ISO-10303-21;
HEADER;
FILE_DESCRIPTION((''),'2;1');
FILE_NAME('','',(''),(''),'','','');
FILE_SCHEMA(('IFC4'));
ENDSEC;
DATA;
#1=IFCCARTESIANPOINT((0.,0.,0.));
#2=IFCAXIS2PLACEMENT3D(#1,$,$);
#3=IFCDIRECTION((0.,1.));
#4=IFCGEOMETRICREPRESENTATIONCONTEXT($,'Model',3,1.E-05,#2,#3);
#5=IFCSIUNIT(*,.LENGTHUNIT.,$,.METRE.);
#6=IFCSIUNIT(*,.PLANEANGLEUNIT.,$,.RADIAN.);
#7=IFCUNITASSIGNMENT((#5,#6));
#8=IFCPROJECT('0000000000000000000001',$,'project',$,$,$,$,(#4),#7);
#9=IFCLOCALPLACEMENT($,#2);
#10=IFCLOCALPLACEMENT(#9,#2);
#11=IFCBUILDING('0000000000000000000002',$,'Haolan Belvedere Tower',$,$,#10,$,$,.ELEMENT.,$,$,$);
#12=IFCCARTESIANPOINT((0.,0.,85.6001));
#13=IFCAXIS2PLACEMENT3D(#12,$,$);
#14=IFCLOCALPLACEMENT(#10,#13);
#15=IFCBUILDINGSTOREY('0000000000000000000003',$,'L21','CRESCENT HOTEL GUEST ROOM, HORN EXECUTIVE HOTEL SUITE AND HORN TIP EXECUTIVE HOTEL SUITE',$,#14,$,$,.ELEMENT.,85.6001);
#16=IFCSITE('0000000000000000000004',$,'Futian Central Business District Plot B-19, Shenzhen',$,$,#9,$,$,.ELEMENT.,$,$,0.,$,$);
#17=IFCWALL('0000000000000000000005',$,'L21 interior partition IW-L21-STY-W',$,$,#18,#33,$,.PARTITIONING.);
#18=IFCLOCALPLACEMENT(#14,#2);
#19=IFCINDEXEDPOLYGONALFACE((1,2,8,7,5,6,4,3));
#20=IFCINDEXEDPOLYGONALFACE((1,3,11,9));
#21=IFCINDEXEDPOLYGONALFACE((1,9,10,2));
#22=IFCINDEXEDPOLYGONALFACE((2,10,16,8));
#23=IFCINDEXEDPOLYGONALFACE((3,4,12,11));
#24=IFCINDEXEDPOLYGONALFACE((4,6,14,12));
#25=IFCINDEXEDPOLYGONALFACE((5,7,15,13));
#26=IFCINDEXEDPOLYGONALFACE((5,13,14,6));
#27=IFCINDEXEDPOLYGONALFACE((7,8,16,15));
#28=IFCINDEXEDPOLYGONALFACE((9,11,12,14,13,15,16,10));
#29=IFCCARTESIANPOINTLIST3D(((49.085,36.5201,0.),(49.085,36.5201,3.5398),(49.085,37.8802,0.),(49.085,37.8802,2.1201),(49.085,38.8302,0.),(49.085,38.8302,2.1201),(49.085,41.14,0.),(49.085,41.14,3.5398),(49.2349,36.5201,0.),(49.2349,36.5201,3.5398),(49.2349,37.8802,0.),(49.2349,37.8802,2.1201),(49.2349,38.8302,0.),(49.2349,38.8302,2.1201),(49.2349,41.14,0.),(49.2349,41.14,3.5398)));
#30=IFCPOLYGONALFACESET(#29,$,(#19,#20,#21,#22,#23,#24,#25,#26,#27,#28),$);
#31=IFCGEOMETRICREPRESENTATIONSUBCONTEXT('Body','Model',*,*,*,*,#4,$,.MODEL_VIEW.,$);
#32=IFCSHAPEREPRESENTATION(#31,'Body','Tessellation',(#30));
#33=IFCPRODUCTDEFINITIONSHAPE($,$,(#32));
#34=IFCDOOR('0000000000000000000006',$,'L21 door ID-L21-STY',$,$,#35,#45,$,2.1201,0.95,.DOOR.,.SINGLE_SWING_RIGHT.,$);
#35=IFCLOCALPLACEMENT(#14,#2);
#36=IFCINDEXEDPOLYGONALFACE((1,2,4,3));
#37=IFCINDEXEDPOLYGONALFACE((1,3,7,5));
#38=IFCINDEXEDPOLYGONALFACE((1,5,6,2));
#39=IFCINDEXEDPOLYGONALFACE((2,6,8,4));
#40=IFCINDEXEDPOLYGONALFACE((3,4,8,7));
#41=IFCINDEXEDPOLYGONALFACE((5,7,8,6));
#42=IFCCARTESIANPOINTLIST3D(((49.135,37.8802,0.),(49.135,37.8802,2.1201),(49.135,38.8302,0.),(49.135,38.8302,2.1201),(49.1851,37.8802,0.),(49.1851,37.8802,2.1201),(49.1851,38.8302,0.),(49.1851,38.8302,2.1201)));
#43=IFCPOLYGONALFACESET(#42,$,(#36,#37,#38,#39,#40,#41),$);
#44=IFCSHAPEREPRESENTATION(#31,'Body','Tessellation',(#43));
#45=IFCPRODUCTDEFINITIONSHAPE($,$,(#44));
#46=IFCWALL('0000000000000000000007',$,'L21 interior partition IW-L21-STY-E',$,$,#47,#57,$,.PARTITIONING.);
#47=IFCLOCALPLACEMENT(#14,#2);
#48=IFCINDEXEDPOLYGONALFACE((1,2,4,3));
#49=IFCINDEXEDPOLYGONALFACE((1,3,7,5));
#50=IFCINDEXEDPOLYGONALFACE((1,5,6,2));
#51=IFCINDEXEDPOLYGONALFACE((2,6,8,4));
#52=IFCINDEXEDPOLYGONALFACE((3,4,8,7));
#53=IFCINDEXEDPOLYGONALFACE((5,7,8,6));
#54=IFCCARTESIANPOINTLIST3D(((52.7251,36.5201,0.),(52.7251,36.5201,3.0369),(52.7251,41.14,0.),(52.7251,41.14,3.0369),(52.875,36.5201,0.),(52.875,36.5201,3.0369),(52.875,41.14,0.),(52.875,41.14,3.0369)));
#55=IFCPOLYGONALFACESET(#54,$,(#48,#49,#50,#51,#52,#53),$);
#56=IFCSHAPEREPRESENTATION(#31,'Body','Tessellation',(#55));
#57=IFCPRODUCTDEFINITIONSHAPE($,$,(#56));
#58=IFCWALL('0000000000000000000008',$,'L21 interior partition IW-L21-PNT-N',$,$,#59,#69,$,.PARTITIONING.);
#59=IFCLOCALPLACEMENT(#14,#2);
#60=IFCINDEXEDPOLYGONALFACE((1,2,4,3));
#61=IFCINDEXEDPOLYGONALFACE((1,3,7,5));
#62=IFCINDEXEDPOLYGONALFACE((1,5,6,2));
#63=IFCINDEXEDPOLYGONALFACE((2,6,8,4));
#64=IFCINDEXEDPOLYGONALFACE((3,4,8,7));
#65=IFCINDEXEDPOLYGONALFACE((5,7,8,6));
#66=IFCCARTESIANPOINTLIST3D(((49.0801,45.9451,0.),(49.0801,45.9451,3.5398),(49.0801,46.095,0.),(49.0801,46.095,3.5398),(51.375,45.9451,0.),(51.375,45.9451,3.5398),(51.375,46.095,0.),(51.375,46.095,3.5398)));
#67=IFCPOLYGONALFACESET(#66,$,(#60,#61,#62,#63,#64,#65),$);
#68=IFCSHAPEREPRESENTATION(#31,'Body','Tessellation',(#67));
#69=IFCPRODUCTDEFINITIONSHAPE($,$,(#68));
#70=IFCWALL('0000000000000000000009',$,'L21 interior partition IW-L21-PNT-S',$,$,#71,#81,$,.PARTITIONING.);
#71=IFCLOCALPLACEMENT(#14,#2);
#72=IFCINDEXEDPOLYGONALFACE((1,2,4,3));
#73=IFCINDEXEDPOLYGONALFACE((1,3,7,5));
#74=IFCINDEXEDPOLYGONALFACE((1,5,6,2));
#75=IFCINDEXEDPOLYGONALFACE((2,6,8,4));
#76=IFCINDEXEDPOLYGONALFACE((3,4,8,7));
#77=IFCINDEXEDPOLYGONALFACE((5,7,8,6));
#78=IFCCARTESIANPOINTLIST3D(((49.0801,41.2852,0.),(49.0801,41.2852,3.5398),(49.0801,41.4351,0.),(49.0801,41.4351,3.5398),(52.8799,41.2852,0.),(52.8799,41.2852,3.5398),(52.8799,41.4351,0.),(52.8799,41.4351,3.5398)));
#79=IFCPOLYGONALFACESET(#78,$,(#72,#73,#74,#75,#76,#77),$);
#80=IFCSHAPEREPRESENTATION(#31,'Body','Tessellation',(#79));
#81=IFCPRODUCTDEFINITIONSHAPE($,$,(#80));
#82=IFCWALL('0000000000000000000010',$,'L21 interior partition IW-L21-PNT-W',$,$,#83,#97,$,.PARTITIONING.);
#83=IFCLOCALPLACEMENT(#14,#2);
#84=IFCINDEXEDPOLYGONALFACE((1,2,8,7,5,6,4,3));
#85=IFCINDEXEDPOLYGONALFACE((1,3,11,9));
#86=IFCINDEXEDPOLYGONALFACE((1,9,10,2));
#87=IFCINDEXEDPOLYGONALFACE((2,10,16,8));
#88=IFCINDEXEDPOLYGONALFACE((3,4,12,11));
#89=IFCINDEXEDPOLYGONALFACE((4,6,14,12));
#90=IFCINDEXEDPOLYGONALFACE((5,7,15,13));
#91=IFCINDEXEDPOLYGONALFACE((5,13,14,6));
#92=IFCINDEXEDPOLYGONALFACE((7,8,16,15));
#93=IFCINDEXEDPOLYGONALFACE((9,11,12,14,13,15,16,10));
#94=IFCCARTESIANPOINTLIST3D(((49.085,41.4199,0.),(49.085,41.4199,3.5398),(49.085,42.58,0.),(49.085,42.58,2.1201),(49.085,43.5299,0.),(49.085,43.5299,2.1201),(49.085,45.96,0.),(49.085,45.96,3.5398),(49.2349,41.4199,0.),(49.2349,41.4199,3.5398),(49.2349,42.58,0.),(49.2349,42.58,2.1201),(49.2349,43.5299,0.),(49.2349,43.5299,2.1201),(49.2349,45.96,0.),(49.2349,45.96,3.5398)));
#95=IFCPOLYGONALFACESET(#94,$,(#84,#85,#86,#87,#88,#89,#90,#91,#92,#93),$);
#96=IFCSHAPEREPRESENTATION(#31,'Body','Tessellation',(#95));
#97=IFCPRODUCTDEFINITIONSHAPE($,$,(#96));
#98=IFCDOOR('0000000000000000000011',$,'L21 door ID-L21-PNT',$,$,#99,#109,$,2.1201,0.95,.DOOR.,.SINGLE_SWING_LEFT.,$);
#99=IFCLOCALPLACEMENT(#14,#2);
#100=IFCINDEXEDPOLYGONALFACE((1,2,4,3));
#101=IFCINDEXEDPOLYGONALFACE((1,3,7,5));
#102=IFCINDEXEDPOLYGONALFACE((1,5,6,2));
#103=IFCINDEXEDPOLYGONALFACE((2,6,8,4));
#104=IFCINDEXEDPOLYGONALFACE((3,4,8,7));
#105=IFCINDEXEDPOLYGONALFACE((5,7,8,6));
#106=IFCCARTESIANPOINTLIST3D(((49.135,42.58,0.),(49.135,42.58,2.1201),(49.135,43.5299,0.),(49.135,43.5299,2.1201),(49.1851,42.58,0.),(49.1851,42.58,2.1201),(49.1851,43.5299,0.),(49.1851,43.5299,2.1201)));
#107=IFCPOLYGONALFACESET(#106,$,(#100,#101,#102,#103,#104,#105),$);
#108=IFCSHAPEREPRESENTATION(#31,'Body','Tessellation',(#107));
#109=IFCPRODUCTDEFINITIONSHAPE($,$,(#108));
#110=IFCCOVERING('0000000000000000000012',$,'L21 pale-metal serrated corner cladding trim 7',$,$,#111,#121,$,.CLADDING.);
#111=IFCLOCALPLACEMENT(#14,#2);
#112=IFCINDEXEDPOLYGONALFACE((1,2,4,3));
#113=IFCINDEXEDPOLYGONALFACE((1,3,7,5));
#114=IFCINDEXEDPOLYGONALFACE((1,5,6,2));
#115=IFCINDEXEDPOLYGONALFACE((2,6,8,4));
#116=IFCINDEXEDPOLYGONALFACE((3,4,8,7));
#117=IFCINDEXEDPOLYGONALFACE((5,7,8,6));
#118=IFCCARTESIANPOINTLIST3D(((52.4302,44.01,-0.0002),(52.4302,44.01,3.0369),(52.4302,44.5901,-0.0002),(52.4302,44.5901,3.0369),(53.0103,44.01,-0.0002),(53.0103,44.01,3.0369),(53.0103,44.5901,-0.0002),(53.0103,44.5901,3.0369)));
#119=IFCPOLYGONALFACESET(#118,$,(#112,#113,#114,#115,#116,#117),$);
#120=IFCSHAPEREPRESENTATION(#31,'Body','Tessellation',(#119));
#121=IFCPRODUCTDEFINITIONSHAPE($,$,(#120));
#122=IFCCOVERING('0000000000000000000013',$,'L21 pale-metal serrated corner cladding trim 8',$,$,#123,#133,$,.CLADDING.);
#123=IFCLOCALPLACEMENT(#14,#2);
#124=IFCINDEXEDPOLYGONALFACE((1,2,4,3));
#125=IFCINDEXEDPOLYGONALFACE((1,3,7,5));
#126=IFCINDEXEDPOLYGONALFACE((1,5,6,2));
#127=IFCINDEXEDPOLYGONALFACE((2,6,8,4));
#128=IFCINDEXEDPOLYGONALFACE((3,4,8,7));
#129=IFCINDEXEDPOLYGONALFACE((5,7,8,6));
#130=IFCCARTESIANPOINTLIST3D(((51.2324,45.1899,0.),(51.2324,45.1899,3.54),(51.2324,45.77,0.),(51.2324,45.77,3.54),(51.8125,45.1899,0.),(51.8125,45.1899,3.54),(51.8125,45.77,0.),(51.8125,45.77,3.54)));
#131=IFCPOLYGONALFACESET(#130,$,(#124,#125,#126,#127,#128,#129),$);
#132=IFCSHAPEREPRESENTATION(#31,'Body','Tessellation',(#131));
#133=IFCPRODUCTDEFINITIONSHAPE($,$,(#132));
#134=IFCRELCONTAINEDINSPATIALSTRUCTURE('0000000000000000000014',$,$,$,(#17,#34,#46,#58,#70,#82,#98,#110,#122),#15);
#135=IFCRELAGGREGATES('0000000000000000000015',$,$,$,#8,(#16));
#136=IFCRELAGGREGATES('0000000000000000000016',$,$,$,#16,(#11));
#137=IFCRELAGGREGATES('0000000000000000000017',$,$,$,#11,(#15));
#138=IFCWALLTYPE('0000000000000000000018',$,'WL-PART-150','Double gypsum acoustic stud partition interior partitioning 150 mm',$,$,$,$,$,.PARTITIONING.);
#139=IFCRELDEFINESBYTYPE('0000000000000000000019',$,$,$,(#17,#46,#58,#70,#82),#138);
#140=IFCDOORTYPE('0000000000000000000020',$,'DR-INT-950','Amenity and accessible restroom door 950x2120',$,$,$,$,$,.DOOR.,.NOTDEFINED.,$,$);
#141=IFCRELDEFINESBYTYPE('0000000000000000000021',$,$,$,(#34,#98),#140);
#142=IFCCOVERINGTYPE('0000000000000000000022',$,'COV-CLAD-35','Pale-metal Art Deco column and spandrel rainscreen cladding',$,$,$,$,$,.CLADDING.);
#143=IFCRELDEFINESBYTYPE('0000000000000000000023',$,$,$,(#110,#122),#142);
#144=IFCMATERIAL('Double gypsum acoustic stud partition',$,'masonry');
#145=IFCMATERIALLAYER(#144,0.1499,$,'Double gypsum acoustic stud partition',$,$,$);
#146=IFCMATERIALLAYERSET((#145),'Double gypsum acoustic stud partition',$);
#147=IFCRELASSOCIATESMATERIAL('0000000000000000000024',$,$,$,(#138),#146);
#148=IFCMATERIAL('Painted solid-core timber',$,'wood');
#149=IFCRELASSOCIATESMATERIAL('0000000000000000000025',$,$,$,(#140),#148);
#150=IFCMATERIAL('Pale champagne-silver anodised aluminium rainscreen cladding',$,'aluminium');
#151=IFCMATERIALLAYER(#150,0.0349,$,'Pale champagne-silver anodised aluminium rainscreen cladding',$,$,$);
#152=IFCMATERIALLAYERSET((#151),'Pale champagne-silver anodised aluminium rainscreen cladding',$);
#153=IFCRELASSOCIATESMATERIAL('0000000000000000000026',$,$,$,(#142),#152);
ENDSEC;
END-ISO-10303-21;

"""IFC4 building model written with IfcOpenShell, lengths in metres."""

from ifc_helpers import new_model, si_unit, direction, frame, frame_2d, origin, origin_2d, place, context, subcontext, project, spatial, rectangle, extrude, material, layer, layer_set, type_object, element, fill, save


model = new_model("IFC4")

# Units and contexts
model_context = context("Model", 3, precision=1e-05, world=origin(), true_north=direction((0.0, 1.0)))
body_context = subcontext(model_context, "Body", "Model", "MODEL_VIEW")
ifc_project = project(units=[si_unit("LENGTHUNIT", "METRE"), si_unit("PLANEANGLEUNIT", "RADIAN")], contexts=[model_context])

# Site, building, storey
site_placement = place(None, origin())
site = spatial("IfcSite", under=ifc_project, at=site_placement, Name="Futian Central Business District Plot B-19, Shenzhen", CompositionType="ELEMENT", RefElevation=0.0)
building_placement = place(site_placement, origin())
building = spatial("IfcBuilding", under=site, at=building_placement, Name="Haolan Belvedere Tower", CompositionType="ELEMENT")
storey_placement = place(building_placement, frame((0.0, 0.0, 85.6001)))
storey = spatial("IfcBuildingStorey", under=building, at=storey_placement, Name="L21", Description="CRESCENT HOTEL GUEST ROOM, HORN EXECUTIVE HOTEL SUITE AND HORN TIP EXECUTIVE HOTEL SUITE", CompositionType="ELEMENT", Elevation=85.6001)

# Shared definitions
ifc_material_1 = material(Name="Double gypsum acoustic stud partition", Category="masonry")
ifc_layer_1 = layer(ifc_material_1, 0.1499, Name="Double gypsum acoustic stud partition")
ifc_layer_set_1 = layer_set([ifc_layer_1], Name="Double gypsum acoustic stud partition")
wall_type_1 = type_object("IfcWallType", Name="WL-PART-150", Description="Double gypsum acoustic stud partition interior partitioning 150 mm", PredefinedType="PARTITIONING", material=ifc_layer_set_1)
ifc_material_2 = material(Name="Painted solid-core timber", Category="wood")
door_type = type_object("IfcDoorType", Name="DR-INT-950", Description="Amenity and accessible restroom door 950x2120", OperationType="NOTDEFINED", PredefinedType="DOOR", material=ifc_material_2)

# Wall, opening, door
wall_1_placement = place(storey_placement, frame((49.1599, 36.52, 0.0), z_axis=(0.0, 0.0, 1.0), x_axis=(0.0, 1.0, 0.0)))
wall_1 = element("IfcWall", 1, at=wall_1_placement, inside=storey, type_object=wall_type_1, Name="L21 interior partition IW-L21-STY-W", PredefinedType="PARTITIONING", context=body_context, shape_type="SweptSolid", body=[
    extrude(rectangle(XDim=4.6199, YDim=0.1499, at=frame_2d((2.3101, 0.0))), origin(), (0.0, 0.0, 1.0), 3.5398),
])
opening_1_placement = place(wall_1_placement, frame((1.3601, 0.0, 0.0)))
opening_1 = element("IfcOpeningElement", 2, at=opening_1_placement, cuts=wall_1, PredefinedType="OPENING", context=body_context, shape_type="SweptSolid", body=[
    extrude(rectangle(XDim=0.95, YDim=2.1201, at=frame_2d((0.4751, 1.0601))), frame((0.0, 0.085, 0.0), z_axis=(0.0, -1.0, 0.0), x_axis=(1.0, 0.0, 0.0)), (0.0, 0.0, 1.0), 0.1699),
])
door_1_placement = place(opening_1_placement, origin())
door_1 = element("IfcDoor", 3, at=door_1_placement, inside=storey, type_object=door_type, Name="L21 door ID-L21-STY", OperationType="SINGLE_SWING_RIGHT", OverallHeight=2.1201, OverallWidth=0.95, PredefinedType="DOOR", context=body_context, shape_type="SweptSolid", body=[
    extrude(rectangle(XDim=0.95, YDim=2.1201, at=frame_2d((0.4751, 1.0601))), frame((0.0, 0.0249, 0.0), z_axis=(0.0, -1.0, 0.0), x_axis=(1.0, 0.0, 0.0)), (0.0, 0.0, 1.0), 0.05),
])
fill(opening_1, door_1)

# Walls
wall_2_placement = place(storey_placement, frame((52.8, 36.52, 0.0), z_axis=(0.0, 0.0, 1.0), x_axis=(0.0, 1.0, 0.0)))
element("IfcWall", 4, at=wall_2_placement, inside=storey, type_object=wall_type_1, Name="L21 interior partition IW-L21-STY-E", PredefinedType="PARTITIONING", context=body_context, shape_type="SweptSolid", body=[
    extrude(rectangle(XDim=4.6199, YDim=0.1499, at=frame_2d((2.3101, 0.0))), origin(), (0.0, 0.0, 1.0), 3.0369),
])
wall_3_placement = place(storey_placement, frame((49.0801, 46.02, 0.0), z_axis=(0.0, 0.0, 1.0), x_axis=(1.0, 0.0, 0.0)))
element("IfcWall", 5, at=wall_3_placement, inside=storey, type_object=wall_type_1, Name="L21 interior partition IW-L21-PNT-N", PredefinedType="PARTITIONING", context=body_context, shape_type="SweptSolid", body=[
    extrude(rectangle(XDim=2.2949, YDim=0.1499, at=frame_2d((1.1475, 0.0))), origin(), (0.0, 0.0, 1.0), 3.5398),
])
wall_4_placement = place(storey_placement, frame((49.0801, 41.3601, 0.0), z_axis=(0.0, 0.0, 1.0), x_axis=(1.0, 0.0, 0.0)))
element("IfcWall", 6, at=wall_4_placement, inside=storey, type_object=wall_type_1, Name="L21 interior partition IW-L21-PNT-S", PredefinedType="PARTITIONING", context=body_context, shape_type="SweptSolid", body=[
    extrude(rectangle(XDim=3.7998, YDim=0.1499, at=frame_2d((1.8999, 0.0))), origin(), (0.0, 0.0, 1.0), 3.5398),
])

# Wall, opening, door
wall_5_placement = place(storey_placement, frame((49.1599, 41.4199, 0.0), z_axis=(0.0, 0.0, 1.0), x_axis=(0.0, 1.0, 0.0)))
wall_5 = element("IfcWall", 7, at=wall_5_placement, inside=storey, type_object=wall_type_1, Name="L21 interior partition IW-L21-PNT-W", PredefinedType="PARTITIONING", context=body_context, shape_type="SweptSolid", body=[
    extrude(rectangle(XDim=4.54, YDim=0.1499, at=frame_2d((2.27, 0.0))), origin(), (0.0, 0.0, 1.0), 3.5398),
])
opening_2_placement = place(wall_5_placement, frame((1.1599, 0.0, 0.0)))
opening_2 = element("IfcOpeningElement", 8, at=opening_2_placement, cuts=wall_5, PredefinedType="OPENING", context=body_context, shape_type="SweptSolid", body=[
    extrude(rectangle(XDim=0.95, YDim=2.1201, at=frame_2d((0.4751, 1.0601))), frame((0.0, 0.085, 0.0), z_axis=(0.0, -1.0, 0.0), x_axis=(1.0, 0.0, 0.0)), (0.0, 0.0, 1.0), 0.1699),
])
door_2_placement = place(opening_2_placement, origin())
door_2 = element("IfcDoor", 9, at=door_2_placement, inside=storey, type_object=door_type, Name="L21 door ID-L21-PNT", OperationType="SINGLE_SWING_LEFT", OverallHeight=2.1201, OverallWidth=0.95, PredefinedType="DOOR", context=body_context, shape_type="SweptSolid", body=[
    extrude(rectangle(XDim=0.95, YDim=2.1201, at=frame_2d((0.4751, 1.0601))), frame((0.0, 0.0249, 0.0), z_axis=(0.0, -1.0, 0.0), x_axis=(1.0, 0.0, 0.0)), (0.0, 0.0, 1.0), 0.05),
])
fill(opening_2, door_2)

# Coverings
ifc_material_3 = material(Name="Pale champagne-silver anodised aluminium rainscreen cladding", Category="aluminium")
ifc_layer_2 = layer(ifc_material_3, 0.0349, Name="Pale champagne-silver anodised aluminium rainscreen cladding")
ifc_layer_set_2 = layer_set([ifc_layer_2], Name="Pale champagne-silver anodised aluminium rainscreen cladding")
covering_type = type_object("IfcCoveringType", Name="COV-CLAD-35", Description="Pale-metal Art Deco column and spandrel rainscreen cladding", PredefinedType="CLADDING", material=ifc_layer_set_2)
covering_1_placement = place(storey_placement, frame((52.7202, 44.3, -0.0002), z_axis=(0.0, 0.0, 1.0), x_axis=(1.0, 0.0, 0.0)))
element("IfcCovering", 10, at=covering_1_placement, inside=storey, type_object=covering_type, Name="L21 pale-metal serrated corner cladding trim 7", PredefinedType="CLADDING", context=body_context, shape_type="SweptSolid", body=[
    extrude(rectangle(XDim=0.5801, YDim=0.5801, at=origin_2d()), origin(), (0.0, 0.0, 1.0), 3.0371),
])
covering_2_placement = place(storey_placement, frame((51.5225, 45.48, 0.0), z_axis=(0.0, 0.0, 1.0), x_axis=(1.0, 0.0, 0.0)))
element("IfcCovering", 11, at=covering_2_placement, inside=storey, type_object=covering_type, Name="L21 pale-metal serrated corner cladding trim 8", PredefinedType="CLADDING", context=body_context, shape_type="SweptSolid", body=[
    extrude(rectangle(XDim=0.5801, YDim=0.5801, at=origin_2d()), origin(), (0.0, 0.0, 1.0), 3.54),
])

save(model, "model.ifc")
